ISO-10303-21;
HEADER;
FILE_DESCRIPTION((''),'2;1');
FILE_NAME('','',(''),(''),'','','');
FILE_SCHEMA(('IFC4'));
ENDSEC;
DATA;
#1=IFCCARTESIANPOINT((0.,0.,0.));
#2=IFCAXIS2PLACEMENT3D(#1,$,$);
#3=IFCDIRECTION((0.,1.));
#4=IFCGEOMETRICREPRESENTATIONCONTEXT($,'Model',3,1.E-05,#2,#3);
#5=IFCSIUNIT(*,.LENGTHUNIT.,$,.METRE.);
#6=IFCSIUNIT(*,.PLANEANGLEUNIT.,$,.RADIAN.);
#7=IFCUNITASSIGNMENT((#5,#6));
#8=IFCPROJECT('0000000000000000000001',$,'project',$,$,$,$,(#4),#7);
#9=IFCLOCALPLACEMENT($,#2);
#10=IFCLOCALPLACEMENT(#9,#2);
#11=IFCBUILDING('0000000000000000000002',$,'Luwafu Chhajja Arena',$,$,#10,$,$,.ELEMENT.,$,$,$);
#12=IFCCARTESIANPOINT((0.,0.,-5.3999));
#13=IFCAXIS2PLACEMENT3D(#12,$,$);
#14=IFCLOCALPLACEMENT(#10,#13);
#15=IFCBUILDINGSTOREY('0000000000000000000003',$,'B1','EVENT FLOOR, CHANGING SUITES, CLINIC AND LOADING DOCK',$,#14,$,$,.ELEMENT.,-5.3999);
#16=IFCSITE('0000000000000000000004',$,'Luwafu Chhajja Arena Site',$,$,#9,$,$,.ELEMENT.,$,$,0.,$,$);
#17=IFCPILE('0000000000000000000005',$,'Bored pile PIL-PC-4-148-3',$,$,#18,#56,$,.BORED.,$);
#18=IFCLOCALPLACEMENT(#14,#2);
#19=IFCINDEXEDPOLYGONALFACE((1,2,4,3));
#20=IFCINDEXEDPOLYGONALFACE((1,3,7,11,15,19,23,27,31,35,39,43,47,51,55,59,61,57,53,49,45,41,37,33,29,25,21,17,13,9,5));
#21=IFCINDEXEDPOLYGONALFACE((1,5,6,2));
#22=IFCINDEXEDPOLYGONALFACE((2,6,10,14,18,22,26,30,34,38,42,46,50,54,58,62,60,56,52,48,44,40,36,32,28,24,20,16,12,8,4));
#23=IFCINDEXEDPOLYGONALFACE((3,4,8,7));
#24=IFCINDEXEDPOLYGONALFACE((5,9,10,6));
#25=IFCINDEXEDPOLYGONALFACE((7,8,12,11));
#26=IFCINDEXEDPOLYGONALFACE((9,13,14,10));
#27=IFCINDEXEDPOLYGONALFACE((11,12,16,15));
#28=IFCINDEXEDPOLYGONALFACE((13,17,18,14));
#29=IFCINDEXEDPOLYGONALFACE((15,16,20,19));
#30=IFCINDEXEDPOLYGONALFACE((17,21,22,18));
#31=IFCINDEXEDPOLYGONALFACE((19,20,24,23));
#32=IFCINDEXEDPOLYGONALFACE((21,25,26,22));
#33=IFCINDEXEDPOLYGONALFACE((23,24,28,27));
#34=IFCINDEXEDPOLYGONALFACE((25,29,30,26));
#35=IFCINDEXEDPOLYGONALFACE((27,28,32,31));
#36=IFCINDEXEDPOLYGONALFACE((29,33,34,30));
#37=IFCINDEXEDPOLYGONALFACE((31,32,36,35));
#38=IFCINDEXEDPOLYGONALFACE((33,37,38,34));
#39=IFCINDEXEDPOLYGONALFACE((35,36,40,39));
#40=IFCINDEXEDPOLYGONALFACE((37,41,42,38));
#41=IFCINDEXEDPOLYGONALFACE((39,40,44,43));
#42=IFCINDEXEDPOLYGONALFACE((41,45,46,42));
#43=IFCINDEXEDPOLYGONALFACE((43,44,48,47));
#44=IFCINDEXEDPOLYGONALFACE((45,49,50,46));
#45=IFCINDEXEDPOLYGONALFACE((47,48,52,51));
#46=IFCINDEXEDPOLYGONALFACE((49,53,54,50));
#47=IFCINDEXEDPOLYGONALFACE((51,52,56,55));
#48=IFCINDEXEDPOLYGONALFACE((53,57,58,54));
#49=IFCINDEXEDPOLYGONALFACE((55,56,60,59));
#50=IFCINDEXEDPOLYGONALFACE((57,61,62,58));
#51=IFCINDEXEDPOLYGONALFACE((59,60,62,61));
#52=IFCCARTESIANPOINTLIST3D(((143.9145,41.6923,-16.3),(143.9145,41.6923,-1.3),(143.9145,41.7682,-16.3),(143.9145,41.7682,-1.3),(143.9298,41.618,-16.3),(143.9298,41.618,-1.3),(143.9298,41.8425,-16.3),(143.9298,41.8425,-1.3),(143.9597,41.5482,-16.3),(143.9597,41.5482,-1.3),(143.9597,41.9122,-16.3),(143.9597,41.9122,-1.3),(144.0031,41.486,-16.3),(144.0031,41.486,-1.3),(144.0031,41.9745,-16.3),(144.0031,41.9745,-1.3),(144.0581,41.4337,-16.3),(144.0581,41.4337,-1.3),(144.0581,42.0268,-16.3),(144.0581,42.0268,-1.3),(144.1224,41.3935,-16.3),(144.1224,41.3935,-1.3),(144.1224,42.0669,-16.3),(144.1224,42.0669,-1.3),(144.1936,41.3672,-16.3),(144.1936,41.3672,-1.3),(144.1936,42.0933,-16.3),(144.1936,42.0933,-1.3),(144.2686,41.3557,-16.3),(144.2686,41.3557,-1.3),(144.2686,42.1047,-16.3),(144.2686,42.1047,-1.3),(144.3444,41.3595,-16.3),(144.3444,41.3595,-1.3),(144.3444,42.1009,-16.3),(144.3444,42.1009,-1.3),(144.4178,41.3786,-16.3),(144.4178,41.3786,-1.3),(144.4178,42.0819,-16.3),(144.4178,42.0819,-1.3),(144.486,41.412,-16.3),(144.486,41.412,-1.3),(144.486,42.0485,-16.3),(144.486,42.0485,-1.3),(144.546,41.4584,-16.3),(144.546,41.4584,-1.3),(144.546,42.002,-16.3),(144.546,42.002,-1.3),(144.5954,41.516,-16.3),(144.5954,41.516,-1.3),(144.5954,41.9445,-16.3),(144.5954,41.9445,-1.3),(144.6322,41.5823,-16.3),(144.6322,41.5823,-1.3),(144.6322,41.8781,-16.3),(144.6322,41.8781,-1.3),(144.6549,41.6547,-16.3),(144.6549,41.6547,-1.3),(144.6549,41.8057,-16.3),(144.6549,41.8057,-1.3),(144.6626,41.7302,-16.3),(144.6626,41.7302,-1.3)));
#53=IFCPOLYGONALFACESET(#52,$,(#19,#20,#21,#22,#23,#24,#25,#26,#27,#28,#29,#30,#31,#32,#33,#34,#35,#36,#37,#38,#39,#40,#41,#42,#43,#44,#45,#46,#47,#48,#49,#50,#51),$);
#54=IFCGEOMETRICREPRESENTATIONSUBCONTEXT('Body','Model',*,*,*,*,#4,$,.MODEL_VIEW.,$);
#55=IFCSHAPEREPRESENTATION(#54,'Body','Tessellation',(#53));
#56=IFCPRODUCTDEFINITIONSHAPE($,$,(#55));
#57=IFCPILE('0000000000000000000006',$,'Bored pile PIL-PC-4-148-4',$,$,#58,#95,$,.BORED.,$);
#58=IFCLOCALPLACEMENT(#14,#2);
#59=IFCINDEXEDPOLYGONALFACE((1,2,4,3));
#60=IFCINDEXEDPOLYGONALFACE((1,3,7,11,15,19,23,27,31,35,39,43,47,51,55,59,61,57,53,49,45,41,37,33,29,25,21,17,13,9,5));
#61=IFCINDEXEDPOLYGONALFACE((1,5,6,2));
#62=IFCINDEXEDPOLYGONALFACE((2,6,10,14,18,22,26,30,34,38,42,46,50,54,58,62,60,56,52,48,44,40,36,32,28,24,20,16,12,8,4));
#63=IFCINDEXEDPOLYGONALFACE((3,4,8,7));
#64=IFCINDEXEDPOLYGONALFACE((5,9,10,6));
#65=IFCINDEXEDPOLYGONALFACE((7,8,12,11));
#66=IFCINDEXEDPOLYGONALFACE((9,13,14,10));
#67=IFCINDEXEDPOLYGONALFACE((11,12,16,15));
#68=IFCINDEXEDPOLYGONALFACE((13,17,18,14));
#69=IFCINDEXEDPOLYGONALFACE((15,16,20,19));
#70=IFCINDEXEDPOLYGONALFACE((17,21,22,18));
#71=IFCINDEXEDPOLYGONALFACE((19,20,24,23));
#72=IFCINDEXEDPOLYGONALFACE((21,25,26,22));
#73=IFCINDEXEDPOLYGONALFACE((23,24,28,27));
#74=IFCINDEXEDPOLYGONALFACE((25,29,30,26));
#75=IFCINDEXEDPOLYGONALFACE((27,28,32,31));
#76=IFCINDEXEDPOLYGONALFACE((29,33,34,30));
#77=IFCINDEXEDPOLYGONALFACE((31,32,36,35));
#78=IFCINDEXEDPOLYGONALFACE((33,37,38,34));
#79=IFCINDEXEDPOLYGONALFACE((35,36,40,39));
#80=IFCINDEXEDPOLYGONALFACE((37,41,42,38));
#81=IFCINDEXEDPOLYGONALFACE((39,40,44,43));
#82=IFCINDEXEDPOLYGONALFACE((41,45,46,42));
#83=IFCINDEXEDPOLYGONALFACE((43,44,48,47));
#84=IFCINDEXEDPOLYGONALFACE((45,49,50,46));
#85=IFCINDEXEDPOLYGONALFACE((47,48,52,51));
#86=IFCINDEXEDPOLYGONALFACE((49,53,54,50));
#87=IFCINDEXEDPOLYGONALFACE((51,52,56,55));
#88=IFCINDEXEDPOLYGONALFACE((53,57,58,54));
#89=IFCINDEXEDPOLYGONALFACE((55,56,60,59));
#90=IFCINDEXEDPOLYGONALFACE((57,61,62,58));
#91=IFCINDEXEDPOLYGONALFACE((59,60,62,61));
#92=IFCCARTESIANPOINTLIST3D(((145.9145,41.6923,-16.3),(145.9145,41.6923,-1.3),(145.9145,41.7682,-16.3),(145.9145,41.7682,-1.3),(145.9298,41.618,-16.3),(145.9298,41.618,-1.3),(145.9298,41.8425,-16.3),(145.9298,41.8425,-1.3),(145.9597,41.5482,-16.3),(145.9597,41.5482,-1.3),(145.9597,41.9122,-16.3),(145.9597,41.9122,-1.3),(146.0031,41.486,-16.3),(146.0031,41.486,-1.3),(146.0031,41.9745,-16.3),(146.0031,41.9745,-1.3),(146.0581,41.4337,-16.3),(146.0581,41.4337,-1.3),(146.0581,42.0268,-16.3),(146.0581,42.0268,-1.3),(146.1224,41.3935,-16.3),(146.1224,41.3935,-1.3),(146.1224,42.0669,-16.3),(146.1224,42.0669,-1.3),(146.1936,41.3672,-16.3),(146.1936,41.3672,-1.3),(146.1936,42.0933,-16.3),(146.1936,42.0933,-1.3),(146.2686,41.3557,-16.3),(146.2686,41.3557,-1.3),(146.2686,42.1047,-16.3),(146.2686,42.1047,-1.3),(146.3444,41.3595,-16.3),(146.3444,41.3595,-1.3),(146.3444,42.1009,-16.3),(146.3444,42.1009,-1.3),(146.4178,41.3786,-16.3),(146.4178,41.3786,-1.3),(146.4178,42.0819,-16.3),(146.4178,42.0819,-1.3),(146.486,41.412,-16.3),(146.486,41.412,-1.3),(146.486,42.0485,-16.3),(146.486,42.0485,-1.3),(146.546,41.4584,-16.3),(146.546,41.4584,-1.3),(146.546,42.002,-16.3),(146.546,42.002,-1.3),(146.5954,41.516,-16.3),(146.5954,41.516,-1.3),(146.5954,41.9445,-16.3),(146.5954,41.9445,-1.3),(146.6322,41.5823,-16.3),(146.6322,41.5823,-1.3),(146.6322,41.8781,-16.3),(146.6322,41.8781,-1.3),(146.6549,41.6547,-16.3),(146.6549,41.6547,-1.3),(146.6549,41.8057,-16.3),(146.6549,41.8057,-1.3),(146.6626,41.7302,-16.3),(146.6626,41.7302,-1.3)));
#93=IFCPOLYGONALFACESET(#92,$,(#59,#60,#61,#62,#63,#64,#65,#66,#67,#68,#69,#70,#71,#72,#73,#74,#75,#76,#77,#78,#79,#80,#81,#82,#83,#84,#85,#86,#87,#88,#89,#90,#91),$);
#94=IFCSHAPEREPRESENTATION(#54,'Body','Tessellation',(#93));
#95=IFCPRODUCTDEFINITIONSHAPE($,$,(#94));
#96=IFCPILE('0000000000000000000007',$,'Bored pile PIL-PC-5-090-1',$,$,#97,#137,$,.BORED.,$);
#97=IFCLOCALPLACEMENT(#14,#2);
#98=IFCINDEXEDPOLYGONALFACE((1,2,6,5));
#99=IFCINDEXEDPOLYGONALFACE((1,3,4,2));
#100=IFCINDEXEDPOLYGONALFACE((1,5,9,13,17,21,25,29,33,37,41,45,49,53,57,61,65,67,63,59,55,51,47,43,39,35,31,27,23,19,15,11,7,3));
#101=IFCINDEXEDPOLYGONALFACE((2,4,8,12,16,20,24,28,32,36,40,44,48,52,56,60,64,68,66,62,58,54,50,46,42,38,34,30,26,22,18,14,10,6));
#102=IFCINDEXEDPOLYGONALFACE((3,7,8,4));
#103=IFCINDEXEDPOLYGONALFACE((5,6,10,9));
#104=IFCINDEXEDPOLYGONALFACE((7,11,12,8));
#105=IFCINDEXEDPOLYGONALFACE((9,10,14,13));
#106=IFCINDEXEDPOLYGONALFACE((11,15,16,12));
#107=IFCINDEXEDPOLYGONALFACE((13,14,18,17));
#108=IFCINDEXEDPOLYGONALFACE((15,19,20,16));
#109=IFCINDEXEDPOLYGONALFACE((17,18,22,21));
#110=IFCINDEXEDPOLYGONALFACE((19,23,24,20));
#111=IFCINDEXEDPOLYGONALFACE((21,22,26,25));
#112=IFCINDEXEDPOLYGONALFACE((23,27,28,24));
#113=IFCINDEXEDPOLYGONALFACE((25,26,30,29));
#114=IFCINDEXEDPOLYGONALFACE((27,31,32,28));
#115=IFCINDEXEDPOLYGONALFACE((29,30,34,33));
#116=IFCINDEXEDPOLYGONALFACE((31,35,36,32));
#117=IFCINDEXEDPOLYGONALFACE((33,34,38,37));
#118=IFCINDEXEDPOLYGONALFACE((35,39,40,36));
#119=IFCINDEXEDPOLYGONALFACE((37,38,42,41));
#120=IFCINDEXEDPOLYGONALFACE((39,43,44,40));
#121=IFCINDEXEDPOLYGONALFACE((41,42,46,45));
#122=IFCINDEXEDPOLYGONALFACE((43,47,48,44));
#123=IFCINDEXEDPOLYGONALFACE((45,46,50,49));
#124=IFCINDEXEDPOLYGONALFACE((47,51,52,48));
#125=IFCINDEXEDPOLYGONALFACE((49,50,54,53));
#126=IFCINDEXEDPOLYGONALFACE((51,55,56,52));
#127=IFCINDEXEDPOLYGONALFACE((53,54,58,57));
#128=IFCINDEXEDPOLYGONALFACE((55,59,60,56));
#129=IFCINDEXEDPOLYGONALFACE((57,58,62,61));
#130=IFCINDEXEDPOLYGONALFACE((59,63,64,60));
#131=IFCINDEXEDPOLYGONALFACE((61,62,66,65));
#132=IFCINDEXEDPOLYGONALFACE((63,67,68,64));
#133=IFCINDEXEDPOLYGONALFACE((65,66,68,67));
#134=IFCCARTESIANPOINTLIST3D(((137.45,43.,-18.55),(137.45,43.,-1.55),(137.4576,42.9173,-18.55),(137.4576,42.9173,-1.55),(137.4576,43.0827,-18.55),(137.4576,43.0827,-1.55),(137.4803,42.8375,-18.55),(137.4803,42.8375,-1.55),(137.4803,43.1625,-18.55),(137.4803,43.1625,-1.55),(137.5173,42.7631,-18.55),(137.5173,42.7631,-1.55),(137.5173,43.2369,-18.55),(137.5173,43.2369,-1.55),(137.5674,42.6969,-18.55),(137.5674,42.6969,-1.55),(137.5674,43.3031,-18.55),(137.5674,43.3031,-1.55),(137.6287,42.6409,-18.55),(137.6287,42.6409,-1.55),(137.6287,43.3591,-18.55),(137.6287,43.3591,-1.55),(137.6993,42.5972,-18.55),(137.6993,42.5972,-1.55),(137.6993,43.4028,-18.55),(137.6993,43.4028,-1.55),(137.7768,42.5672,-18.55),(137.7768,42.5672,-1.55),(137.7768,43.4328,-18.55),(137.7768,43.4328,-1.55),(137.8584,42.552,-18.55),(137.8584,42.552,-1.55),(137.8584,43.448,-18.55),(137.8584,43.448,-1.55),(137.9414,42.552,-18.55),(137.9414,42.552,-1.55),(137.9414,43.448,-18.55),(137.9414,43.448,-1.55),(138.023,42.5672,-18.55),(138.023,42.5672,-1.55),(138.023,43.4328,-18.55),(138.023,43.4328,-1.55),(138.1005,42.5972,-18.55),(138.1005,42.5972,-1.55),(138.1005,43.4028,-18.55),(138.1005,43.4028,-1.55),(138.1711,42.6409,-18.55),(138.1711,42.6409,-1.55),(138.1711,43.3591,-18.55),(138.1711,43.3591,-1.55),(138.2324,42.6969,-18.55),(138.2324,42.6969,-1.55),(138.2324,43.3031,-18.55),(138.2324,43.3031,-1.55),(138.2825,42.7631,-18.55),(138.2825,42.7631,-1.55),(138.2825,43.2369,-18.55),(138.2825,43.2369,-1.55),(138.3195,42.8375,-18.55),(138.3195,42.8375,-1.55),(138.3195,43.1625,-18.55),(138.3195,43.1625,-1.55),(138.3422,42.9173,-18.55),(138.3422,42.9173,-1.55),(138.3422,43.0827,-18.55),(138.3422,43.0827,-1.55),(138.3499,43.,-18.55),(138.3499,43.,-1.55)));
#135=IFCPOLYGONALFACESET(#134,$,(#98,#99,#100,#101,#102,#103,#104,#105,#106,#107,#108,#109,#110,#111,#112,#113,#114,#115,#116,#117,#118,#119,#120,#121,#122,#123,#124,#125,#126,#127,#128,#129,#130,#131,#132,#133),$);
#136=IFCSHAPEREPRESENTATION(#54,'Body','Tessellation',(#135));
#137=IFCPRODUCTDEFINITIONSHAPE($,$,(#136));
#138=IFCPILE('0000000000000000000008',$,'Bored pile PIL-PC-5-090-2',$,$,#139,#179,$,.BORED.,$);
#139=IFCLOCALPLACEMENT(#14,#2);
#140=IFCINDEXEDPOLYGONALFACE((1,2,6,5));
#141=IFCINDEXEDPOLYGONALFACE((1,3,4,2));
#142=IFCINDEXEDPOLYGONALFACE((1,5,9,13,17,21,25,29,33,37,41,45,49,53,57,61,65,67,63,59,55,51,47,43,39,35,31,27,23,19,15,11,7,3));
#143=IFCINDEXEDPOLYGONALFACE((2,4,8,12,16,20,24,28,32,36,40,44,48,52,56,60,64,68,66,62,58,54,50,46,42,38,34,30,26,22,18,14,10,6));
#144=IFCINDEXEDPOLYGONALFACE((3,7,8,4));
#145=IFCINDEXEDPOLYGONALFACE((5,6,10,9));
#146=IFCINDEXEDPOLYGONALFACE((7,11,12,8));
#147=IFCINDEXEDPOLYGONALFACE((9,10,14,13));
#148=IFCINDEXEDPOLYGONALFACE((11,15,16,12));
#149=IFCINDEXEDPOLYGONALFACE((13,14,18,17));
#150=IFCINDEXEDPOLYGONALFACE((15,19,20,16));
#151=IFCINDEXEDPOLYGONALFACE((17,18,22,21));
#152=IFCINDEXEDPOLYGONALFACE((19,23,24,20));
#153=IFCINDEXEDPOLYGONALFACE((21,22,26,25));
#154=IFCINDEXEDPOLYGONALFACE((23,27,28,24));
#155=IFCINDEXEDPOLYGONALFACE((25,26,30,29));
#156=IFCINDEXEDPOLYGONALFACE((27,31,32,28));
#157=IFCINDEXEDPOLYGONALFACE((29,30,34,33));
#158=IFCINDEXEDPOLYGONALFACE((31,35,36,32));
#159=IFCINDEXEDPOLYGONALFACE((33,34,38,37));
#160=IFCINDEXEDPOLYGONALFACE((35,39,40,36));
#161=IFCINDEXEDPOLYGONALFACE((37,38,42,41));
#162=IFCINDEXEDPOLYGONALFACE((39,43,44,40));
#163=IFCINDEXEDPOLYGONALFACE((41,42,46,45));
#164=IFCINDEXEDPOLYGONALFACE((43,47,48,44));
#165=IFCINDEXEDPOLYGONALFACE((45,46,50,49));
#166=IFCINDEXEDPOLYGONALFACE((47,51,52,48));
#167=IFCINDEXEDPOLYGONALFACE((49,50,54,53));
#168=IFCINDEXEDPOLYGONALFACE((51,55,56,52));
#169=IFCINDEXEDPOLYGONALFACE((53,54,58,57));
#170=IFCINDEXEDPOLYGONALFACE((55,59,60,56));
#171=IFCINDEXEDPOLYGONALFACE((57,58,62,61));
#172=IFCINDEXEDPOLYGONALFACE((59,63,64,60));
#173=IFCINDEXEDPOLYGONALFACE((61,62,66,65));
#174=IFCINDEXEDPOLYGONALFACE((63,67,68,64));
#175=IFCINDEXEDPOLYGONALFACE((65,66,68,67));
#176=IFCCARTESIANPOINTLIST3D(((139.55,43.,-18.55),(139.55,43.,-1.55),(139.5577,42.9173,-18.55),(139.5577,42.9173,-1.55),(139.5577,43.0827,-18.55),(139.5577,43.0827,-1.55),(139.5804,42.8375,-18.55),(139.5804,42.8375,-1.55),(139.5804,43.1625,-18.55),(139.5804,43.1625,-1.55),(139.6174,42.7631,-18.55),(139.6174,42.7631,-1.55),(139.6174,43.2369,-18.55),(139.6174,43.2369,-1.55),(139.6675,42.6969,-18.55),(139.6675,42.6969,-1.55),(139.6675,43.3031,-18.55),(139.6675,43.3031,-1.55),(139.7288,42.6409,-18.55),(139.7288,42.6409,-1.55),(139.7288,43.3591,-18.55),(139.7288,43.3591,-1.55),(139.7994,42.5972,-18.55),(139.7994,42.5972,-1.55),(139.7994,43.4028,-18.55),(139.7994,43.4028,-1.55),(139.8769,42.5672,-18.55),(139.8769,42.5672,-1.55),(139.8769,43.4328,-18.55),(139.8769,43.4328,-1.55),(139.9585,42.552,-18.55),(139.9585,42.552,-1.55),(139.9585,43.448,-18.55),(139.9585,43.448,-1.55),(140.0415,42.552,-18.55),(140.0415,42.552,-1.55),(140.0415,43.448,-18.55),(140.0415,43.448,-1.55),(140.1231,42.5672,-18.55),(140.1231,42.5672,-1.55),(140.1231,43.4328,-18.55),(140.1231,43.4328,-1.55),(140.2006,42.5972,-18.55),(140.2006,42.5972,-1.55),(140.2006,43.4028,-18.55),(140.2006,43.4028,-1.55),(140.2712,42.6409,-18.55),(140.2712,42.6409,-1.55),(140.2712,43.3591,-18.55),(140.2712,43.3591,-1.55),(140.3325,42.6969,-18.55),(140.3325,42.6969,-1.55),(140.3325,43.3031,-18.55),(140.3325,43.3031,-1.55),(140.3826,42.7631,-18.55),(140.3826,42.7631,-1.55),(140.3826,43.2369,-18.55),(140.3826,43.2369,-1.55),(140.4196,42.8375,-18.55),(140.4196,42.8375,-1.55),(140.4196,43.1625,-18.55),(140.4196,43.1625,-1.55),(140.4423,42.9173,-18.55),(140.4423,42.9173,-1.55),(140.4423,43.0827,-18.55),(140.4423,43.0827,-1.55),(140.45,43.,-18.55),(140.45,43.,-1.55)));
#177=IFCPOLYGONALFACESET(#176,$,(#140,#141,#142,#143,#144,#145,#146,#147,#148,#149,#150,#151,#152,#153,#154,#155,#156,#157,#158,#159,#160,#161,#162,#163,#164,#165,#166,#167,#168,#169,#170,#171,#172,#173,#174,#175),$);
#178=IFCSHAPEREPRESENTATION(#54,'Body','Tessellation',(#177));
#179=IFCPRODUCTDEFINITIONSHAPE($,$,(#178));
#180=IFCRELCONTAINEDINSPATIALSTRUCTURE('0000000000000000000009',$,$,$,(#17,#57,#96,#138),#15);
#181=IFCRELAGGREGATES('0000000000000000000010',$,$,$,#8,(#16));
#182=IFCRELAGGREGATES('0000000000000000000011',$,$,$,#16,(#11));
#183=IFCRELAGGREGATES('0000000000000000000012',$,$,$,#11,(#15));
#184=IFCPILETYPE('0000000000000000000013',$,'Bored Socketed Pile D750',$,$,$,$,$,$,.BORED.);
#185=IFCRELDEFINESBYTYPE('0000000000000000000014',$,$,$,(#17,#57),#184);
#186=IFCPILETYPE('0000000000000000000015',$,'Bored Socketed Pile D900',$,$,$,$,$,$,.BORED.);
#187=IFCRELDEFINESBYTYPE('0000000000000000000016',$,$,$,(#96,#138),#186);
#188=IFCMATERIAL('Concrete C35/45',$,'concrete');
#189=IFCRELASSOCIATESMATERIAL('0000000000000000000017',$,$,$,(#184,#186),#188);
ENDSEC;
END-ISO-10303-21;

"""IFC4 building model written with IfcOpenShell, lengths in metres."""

from ifc_helpers import new_model, si_unit, direction, frame, origin, origin_2d, place, context, subcontext, project, spatial, circle, extrude, material, material_profile, profile_set, type_object, element, save


model = new_model("IFC4")

# Units and contexts
model_context = context("Model", 3, precision=1e-05, world=origin(), true_north=direction((0.0, 1.0)))
body_context = subcontext(model_context, "Body", "Model", "MODEL_VIEW")
ifc_project = project(units=[si_unit("LENGTHUNIT", "METRE"), si_unit("PLANEANGLEUNIT", "RADIAN")], contexts=[model_context])

# Site, building, storey
site_placement = place(None, origin())
site = spatial("IfcSite", under=ifc_project, at=site_placement, Name="Luwafu Chhajja Arena Site", CompositionType="ELEMENT", RefElevation=0.0)
building_placement = place(site_placement, origin())
building = spatial("IfcBuilding", under=site, at=building_placement, Name="Luwafu Chhajja Arena", CompositionType="ELEMENT")
storey_placement = place(building_placement, frame((0.0, 0.0, -5.3999)))
storey = spatial("IfcBuildingStorey", under=building, at=storey_placement, Name="B1", Description="EVENT FLOOR, CHANGING SUITES, CLINIC AND LOADING DOCK", CompositionType="ELEMENT", Elevation=-5.3999)

# Piles
ifc_material_1 = material(Name="Concrete C35/45", Category="concrete")
ifc_material_profile_1 = material_profile(ifc_material_1, circle(Radius=0.375, at=origin_2d()), Name="PILE D750")
ifc_profile_set_1 = profile_set([ifc_material_profile_1], Name="Concrete C35/45")
pile_type_1 = type_object("IfcPileType", Name="Bored Socketed Pile D750", PredefinedType="BORED", material=ifc_profile_set_1)
for number, where, z_axis, x_axis, name in (
    (1, (144.2876, 41.7302, -1.3), (0.0, 0.0, -1.0), (1.0, 0.0, 0.0), "Bored pile PIL-PC-4-148-3"),
    (2, (146.2876, 41.7302, -1.3), (0.0, 0.0, -1.0), (1.0, 0.0, 0.0), "Bored pile PIL-PC-4-148-4"),
):
    element("IfcPile", number, at=place(storey_placement, frame(where, z_axis=z_axis, x_axis=x_axis)), inside=storey, type_object=pile_type_1, Name=name, PredefinedType="BORED", context=body_context, shape_type="SweptSolid", body=[
        extrude(circle(Radius=0.375, at=origin_2d()), origin(), (0.0, 0.0, 1.0), 15.0),
    ])
ifc_material_profile_2 = material_profile(ifc_material_1, circle(Radius=0.45, at=origin_2d()), Name="PILE D900")
ifc_profile_set_2 = profile_set([ifc_material_profile_2], Name="Concrete C35/45")
pile_type_2 = type_object("IfcPileType", Name="Bored Socketed Pile D900", PredefinedType="BORED", material=ifc_profile_set_2)
for number, where, z_axis, x_axis, name in (
    (3, (137.8999, 43.0, -1.55), (0.0, 0.0, -1.0), (1.0, 0.0, 0.0), "Bored pile PIL-PC-5-090-1"),
    (4, (140.0, 43.0, -1.55), (0.0, 0.0, -1.0), (1.0, 0.0, 0.0), "Bored pile PIL-PC-5-090-2"),
):
    element("IfcPile", number, at=place(storey_placement, frame(where, z_axis=z_axis, x_axis=x_axis)), inside=storey, type_object=pile_type_2, Name=name, PredefinedType="BORED", context=body_context, shape_type="SweptSolid", body=[
        extrude(circle(Radius=0.45, at=origin_2d()), origin(), (0.0, 0.0, 1.0), 17.0),
    ])

save(model, "model.ifc")
